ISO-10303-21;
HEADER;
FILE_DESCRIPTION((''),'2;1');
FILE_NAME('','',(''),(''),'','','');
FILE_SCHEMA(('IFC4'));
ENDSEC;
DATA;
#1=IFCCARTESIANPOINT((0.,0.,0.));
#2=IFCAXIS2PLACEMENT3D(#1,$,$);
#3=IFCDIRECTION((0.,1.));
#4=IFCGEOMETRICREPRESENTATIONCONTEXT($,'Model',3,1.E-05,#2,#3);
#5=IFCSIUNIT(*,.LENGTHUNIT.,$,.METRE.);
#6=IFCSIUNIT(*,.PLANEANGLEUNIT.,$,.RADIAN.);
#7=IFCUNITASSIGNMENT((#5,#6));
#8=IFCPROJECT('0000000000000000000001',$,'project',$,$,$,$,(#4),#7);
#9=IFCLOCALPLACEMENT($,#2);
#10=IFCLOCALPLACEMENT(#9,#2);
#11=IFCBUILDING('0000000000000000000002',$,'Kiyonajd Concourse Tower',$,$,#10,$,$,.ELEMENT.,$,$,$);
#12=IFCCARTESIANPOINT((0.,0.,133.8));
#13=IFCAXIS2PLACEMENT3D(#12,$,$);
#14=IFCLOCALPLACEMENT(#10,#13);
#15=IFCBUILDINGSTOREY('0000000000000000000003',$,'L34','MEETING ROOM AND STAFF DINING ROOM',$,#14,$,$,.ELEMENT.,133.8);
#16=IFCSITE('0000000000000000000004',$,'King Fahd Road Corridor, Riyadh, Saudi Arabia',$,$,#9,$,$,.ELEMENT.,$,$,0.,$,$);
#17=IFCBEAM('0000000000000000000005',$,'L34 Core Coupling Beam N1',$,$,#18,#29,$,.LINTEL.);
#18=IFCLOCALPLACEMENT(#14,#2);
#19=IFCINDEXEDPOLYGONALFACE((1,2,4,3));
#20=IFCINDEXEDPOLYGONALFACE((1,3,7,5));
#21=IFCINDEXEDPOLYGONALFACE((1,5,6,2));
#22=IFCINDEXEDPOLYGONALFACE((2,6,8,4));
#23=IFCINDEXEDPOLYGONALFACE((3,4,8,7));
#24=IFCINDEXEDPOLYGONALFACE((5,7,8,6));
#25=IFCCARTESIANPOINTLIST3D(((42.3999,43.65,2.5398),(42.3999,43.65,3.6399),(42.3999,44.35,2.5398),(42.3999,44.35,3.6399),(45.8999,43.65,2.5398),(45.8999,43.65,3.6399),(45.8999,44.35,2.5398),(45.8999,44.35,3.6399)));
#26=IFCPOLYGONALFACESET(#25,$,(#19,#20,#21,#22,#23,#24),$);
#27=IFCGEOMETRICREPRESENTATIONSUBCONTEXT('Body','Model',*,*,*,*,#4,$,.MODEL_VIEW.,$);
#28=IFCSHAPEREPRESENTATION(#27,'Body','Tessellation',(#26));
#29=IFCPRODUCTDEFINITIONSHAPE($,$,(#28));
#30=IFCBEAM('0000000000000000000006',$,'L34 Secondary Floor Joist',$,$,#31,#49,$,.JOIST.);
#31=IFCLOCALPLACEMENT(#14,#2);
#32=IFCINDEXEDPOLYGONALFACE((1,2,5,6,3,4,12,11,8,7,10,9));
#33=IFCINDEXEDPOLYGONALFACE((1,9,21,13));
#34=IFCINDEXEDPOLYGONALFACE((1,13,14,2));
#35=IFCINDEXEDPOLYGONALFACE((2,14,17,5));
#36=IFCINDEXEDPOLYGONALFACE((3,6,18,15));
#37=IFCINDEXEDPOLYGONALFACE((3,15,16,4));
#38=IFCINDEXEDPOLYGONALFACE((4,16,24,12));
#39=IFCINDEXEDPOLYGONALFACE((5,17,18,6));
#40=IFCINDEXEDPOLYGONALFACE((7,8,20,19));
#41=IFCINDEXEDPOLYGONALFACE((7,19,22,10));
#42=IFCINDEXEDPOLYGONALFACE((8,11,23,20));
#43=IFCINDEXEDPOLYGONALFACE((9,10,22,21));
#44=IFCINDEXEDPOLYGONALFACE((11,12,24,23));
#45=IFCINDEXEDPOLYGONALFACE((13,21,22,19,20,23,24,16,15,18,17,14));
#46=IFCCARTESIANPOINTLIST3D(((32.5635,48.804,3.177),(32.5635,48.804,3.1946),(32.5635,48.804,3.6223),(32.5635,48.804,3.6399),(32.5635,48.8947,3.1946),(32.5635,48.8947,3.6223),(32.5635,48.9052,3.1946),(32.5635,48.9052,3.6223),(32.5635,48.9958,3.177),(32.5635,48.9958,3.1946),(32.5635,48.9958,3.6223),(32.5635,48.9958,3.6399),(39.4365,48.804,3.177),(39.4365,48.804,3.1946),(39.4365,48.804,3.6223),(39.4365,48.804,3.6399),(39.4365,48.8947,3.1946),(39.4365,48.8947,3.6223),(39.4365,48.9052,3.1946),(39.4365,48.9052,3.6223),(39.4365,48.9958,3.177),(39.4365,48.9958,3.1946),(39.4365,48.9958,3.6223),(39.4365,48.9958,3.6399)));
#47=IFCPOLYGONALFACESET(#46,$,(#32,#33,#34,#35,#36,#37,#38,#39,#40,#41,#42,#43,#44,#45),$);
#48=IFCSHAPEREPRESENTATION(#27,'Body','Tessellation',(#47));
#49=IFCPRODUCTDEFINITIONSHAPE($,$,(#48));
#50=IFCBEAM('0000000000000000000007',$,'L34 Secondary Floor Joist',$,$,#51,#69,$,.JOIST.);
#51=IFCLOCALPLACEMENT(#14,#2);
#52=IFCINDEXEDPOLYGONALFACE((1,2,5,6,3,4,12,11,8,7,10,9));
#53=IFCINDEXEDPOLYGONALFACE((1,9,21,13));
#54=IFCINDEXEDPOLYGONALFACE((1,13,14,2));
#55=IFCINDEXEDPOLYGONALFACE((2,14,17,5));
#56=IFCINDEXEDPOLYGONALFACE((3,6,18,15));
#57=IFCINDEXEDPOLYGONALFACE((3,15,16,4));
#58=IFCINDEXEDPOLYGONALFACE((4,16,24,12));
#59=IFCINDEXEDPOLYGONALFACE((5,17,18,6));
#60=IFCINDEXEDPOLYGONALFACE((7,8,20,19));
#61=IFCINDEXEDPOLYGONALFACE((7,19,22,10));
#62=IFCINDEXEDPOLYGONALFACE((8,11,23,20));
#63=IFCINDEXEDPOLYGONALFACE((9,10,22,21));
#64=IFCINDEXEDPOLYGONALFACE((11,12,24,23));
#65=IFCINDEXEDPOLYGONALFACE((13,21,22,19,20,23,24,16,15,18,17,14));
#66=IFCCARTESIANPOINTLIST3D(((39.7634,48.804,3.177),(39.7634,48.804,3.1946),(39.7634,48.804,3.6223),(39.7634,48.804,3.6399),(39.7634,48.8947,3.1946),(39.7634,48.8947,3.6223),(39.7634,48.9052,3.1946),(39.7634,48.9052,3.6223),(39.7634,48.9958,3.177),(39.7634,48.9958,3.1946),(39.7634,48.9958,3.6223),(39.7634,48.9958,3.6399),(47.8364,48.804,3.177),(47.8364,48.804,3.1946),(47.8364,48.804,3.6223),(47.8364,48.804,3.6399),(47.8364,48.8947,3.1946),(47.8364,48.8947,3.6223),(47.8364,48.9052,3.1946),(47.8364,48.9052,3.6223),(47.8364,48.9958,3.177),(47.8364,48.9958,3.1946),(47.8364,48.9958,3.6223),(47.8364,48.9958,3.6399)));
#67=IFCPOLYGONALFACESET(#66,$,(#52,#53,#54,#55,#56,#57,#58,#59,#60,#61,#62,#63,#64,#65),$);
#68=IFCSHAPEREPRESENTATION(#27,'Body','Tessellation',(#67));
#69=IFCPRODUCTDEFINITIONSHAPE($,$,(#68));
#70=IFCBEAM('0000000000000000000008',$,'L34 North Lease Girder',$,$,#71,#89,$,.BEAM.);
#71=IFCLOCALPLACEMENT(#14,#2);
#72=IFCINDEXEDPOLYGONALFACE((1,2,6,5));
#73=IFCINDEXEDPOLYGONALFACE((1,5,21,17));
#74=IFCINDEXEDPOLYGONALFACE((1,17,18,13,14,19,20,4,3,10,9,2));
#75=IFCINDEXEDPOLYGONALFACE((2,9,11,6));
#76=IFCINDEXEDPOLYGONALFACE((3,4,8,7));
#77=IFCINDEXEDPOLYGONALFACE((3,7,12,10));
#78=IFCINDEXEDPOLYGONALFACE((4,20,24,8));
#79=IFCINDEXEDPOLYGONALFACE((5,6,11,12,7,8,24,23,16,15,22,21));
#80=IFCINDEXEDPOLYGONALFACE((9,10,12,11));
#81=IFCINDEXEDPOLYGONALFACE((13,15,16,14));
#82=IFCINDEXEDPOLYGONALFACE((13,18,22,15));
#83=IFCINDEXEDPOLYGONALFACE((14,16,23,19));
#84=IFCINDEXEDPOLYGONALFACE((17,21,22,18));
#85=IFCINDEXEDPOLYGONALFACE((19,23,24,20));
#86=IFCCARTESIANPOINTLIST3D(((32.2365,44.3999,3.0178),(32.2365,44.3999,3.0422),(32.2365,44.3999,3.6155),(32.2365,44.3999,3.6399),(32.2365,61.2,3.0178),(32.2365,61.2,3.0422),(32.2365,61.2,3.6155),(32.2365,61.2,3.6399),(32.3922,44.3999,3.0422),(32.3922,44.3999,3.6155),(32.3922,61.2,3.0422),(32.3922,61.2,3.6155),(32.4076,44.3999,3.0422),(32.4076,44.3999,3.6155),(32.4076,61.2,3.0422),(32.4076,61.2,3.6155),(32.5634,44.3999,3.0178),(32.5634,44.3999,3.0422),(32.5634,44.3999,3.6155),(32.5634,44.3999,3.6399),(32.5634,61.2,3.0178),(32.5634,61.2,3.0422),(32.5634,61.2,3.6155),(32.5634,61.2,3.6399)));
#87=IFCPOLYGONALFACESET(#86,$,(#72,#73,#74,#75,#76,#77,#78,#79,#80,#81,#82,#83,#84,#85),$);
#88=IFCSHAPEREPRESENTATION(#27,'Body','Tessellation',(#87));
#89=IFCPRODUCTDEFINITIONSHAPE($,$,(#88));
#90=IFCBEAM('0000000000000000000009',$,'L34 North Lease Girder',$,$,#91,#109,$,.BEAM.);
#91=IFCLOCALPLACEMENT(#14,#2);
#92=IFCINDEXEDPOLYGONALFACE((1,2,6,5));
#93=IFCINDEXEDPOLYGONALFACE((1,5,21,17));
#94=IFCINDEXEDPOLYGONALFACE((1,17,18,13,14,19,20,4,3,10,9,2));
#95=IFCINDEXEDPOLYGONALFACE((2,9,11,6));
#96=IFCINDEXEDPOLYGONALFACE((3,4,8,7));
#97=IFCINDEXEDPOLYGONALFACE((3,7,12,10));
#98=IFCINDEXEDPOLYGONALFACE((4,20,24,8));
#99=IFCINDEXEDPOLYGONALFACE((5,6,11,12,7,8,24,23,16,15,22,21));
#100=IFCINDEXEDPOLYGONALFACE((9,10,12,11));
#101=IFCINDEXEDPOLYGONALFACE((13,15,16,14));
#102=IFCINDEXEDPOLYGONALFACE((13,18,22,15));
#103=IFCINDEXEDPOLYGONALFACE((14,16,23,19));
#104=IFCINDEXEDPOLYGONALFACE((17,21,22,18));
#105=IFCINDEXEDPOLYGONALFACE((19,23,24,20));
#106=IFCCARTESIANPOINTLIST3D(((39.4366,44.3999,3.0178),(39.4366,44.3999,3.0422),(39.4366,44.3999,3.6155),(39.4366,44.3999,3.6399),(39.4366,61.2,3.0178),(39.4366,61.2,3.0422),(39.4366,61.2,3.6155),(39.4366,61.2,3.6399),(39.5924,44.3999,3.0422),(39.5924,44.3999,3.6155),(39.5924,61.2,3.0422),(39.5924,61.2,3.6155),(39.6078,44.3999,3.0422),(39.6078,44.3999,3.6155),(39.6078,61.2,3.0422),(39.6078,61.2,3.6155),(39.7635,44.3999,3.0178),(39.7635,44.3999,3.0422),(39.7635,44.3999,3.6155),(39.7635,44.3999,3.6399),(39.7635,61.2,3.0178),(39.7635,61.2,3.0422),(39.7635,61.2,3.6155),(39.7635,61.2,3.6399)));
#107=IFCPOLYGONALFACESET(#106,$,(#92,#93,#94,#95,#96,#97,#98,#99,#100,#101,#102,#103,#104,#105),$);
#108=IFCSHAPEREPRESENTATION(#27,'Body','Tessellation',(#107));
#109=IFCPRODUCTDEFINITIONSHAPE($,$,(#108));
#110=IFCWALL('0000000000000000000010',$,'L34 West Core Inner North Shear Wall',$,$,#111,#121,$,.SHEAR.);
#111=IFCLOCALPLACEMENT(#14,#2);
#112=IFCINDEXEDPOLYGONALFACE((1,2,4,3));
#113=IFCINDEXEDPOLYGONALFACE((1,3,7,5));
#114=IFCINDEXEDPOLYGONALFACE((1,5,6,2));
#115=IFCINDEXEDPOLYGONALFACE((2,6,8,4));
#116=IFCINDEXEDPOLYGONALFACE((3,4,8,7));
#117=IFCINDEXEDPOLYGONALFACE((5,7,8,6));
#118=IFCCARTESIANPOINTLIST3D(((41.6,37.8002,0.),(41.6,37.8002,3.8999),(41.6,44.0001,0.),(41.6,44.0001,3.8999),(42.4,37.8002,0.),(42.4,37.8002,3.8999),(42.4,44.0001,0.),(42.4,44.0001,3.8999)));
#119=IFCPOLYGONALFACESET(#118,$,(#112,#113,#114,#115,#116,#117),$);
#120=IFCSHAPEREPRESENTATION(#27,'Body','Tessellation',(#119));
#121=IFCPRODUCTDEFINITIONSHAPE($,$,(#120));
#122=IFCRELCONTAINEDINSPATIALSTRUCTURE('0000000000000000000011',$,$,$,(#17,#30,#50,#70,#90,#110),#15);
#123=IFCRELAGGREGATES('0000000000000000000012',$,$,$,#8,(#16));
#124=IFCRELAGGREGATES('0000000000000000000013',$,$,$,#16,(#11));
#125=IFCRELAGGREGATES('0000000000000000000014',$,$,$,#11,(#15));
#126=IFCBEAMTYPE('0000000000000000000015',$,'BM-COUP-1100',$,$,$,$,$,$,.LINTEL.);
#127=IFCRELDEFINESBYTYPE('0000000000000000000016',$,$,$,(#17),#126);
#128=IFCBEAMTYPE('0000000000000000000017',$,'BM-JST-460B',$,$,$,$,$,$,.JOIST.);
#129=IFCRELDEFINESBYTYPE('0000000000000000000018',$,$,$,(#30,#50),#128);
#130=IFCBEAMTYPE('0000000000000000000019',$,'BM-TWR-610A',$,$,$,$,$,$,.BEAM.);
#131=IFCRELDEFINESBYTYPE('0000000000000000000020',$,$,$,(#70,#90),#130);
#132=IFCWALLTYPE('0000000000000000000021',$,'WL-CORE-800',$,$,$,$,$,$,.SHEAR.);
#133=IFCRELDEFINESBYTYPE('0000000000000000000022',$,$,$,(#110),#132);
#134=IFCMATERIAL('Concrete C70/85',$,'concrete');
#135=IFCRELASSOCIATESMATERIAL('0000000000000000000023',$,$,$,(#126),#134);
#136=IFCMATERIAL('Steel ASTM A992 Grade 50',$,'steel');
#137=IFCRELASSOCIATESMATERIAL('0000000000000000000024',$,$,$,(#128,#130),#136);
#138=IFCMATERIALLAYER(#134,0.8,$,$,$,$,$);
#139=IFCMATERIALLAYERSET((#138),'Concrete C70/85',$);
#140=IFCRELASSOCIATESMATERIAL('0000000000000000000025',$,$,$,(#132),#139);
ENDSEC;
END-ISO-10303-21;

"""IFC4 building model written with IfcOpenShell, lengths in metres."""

from ifc_helpers import new_model, si_unit, direction, frame, frame_2d, origin, origin_2d, place, context, subcontext, project, spatial, rectangle, i_section, extrude, material, layer, layer_set, material_profile, profile_set, type_object, element, save


model = new_model("IFC4")

# Units and contexts
model_context = context("Model", 3, precision=1e-05, world=origin(), true_north=direction((0.0, 1.0)))
body_context = subcontext(model_context, "Body", "Model", "MODEL_VIEW")
ifc_project = project(units=[si_unit("LENGTHUNIT", "METRE"), si_unit("PLANEANGLEUNIT", "RADIAN")], contexts=[model_context])

# Site, building, storey
site_placement = place(None, origin())
site = spatial("IfcSite", under=ifc_project, at=site_placement, Name="King Fahd Road Corridor, Riyadh, Saudi Arabia", CompositionType="ELEMENT", RefElevation=0.0)
building_placement = place(site_placement, origin())
building = spatial("IfcBuilding", under=site, at=building_placement, Name="Kiyonajd Concourse Tower", CompositionType="ELEMENT")
storey_placement = place(building_placement, frame((0.0, 0.0, 133.8)))
storey = spatial("IfcBuildingStorey", under=building, at=storey_placement, Name="L34", Description="MEETING ROOM AND STAFF DINING ROOM", CompositionType="ELEMENT", Elevation=133.8)

# Beams
ifc_material_1 = material(Name="Concrete C70/85", Category="concrete")
ifc_material_profile_1 = material_profile(ifc_material_1, rectangle(XDim=0.7, YDim=1.1001, at=origin_2d()), Name="RCBM-700x1100")
ifc_profile_set_1 = profile_set([ifc_material_profile_1], Name="Concrete C70/85")
beam_type_1 = type_object("IfcBeamType", Name="BM-COUP-1100", PredefinedType="LINTEL", material=ifc_profile_set_1)
beam_1_placement = place(storey_placement, frame((42.3999, 44.0, 3.0898), z_axis=(1.0, 0.0, 0.0), x_axis=(0.0, 1.0, 0.0)))
element("IfcBeam", 1, at=beam_1_placement, inside=storey, type_object=beam_type_1, Name="L34 Core Coupling Beam N1", PredefinedType="LINTEL", context=body_context, shape_type="SweptSolid", body=[
    extrude(rectangle(XDim=0.7, YDim=1.1001, at=origin_2d()), origin(), (0.0, 0.0, 1.0), 3.5),
])
ifc_material_2 = material(Name="Steel ASTM A992 Grade 50", Category="steel")
ifc_material_profile_2 = material_profile(ifc_material_2, i_section(OverallWidth=0.1919, OverallDepth=0.4629, WebThickness=0.0105, FlangeThickness=0.0176, at=origin_2d()), Name="W460X89")
ifc_profile_set_2 = profile_set([ifc_material_profile_2], Name="Steel ASTM A992 Grade 50")
beam_type_2 = type_object("IfcBeamType", Name="BM-JST-460B", PredefinedType="JOIST", material=ifc_profile_set_2)
beam_2_placement = place(storey_placement, frame((32.5635, 48.8999, 3.4084), z_axis=(1.0, 0.0, 0.0), x_axis=(0.0, 1.0, 0.0)))
element("IfcBeam", 2, at=beam_2_placement, inside=storey, type_object=beam_type_2, Name="L34 Secondary Floor Joist", PredefinedType="JOIST", context=body_context, shape_type="SweptSolid", body=[
    extrude(i_section(OverallWidth=0.1919, OverallDepth=0.4629, WebThickness=0.0105, FlangeThickness=0.0176, at=origin_2d()), origin(), (0.0, 0.0, 1.0), 6.873),
])
beam_3_placement = place(storey_placement, frame((39.7634, 48.8999, 3.4084), z_axis=(1.0, 0.0, 0.0), x_axis=(0.0, 1.0, 0.0)))
element("IfcBeam", 3, at=beam_3_placement, inside=storey, type_object=beam_type_2, Name="L34 Secondary Floor Joist", PredefinedType="JOIST", context=body_context, shape_type="SweptSolid", body=[
    extrude(i_section(OverallWidth=0.1919, OverallDepth=0.4629, WebThickness=0.0105, FlangeThickness=0.0176, at=origin_2d()), origin(), (0.0, 0.0, 1.0), 8.073),
])
ifc_material_profile_3 = material_profile(ifc_material_2, i_section(OverallWidth=0.3269, OverallDepth=0.6221, WebThickness=0.0154, FlangeThickness=0.0244, at=origin_2d()), Name="W610X195")
ifc_profile_set_3 = profile_set([ifc_material_profile_3], Name="Steel ASTM A992 Grade 50")
beam_type_3 = type_object("IfcBeamType", Name="BM-TWR-610A", PredefinedType="BEAM", material=ifc_profile_set_3)
for number, where, z_axis, x_axis, name in (
    (4, (32.3999, 44.3999, 3.3289), (0.0, 1.0, 0.0), (-1.0, 0.0, 0.0), "L34 North Lease Girder"),
    (5, (39.6001, 44.3999, 3.3289), (0.0, 1.0, 0.0), (-1.0, 0.0, 0.0), "L34 North Lease Girder"),
):
    element("IfcBeam", number, at=place(storey_placement, frame(where, z_axis=z_axis, x_axis=x_axis)), inside=storey, type_object=beam_type_3, Name=name, PredefinedType="BEAM", context=body_context, shape_type="SweptSolid", body=[
        extrude(i_section(OverallWidth=0.3269, OverallDepth=0.6221, WebThickness=0.0154, FlangeThickness=0.0244, at=origin_2d()), origin(), (0.0, 0.0, 1.0), 16.8),
    ])

# Wall
ifc_layer_1 = layer(ifc_material_1, 0.8)
ifc_layer_set_1 = layer_set([ifc_layer_1], Name="Concrete C70/85")
wall_type_1 = type_object("IfcWallType", Name="WL-CORE-800", PredefinedType="SHEAR", material=ifc_layer_set_1)
wall_1_placement = place(storey_placement, frame((42.0, 37.8, 0.0), z_axis=(0.0, 0.0, 1.0), x_axis=(0.0, 1.0, 0.0)))
element("IfcWall", 6, at=wall_1_placement, inside=storey, type_object=wall_type_1, Name="L34 West Core Inner North Shear Wall", PredefinedType="SHEAR", context=body_context, shape_type="SweptSolid", body=[
    extrude(rectangle(XDim=6.2, YDim=0.8, at=frame_2d((3.1001, 0.0))), origin(), (0.0, 0.0, 1.0), 3.8999),
])

save(model, "model.ifc")
